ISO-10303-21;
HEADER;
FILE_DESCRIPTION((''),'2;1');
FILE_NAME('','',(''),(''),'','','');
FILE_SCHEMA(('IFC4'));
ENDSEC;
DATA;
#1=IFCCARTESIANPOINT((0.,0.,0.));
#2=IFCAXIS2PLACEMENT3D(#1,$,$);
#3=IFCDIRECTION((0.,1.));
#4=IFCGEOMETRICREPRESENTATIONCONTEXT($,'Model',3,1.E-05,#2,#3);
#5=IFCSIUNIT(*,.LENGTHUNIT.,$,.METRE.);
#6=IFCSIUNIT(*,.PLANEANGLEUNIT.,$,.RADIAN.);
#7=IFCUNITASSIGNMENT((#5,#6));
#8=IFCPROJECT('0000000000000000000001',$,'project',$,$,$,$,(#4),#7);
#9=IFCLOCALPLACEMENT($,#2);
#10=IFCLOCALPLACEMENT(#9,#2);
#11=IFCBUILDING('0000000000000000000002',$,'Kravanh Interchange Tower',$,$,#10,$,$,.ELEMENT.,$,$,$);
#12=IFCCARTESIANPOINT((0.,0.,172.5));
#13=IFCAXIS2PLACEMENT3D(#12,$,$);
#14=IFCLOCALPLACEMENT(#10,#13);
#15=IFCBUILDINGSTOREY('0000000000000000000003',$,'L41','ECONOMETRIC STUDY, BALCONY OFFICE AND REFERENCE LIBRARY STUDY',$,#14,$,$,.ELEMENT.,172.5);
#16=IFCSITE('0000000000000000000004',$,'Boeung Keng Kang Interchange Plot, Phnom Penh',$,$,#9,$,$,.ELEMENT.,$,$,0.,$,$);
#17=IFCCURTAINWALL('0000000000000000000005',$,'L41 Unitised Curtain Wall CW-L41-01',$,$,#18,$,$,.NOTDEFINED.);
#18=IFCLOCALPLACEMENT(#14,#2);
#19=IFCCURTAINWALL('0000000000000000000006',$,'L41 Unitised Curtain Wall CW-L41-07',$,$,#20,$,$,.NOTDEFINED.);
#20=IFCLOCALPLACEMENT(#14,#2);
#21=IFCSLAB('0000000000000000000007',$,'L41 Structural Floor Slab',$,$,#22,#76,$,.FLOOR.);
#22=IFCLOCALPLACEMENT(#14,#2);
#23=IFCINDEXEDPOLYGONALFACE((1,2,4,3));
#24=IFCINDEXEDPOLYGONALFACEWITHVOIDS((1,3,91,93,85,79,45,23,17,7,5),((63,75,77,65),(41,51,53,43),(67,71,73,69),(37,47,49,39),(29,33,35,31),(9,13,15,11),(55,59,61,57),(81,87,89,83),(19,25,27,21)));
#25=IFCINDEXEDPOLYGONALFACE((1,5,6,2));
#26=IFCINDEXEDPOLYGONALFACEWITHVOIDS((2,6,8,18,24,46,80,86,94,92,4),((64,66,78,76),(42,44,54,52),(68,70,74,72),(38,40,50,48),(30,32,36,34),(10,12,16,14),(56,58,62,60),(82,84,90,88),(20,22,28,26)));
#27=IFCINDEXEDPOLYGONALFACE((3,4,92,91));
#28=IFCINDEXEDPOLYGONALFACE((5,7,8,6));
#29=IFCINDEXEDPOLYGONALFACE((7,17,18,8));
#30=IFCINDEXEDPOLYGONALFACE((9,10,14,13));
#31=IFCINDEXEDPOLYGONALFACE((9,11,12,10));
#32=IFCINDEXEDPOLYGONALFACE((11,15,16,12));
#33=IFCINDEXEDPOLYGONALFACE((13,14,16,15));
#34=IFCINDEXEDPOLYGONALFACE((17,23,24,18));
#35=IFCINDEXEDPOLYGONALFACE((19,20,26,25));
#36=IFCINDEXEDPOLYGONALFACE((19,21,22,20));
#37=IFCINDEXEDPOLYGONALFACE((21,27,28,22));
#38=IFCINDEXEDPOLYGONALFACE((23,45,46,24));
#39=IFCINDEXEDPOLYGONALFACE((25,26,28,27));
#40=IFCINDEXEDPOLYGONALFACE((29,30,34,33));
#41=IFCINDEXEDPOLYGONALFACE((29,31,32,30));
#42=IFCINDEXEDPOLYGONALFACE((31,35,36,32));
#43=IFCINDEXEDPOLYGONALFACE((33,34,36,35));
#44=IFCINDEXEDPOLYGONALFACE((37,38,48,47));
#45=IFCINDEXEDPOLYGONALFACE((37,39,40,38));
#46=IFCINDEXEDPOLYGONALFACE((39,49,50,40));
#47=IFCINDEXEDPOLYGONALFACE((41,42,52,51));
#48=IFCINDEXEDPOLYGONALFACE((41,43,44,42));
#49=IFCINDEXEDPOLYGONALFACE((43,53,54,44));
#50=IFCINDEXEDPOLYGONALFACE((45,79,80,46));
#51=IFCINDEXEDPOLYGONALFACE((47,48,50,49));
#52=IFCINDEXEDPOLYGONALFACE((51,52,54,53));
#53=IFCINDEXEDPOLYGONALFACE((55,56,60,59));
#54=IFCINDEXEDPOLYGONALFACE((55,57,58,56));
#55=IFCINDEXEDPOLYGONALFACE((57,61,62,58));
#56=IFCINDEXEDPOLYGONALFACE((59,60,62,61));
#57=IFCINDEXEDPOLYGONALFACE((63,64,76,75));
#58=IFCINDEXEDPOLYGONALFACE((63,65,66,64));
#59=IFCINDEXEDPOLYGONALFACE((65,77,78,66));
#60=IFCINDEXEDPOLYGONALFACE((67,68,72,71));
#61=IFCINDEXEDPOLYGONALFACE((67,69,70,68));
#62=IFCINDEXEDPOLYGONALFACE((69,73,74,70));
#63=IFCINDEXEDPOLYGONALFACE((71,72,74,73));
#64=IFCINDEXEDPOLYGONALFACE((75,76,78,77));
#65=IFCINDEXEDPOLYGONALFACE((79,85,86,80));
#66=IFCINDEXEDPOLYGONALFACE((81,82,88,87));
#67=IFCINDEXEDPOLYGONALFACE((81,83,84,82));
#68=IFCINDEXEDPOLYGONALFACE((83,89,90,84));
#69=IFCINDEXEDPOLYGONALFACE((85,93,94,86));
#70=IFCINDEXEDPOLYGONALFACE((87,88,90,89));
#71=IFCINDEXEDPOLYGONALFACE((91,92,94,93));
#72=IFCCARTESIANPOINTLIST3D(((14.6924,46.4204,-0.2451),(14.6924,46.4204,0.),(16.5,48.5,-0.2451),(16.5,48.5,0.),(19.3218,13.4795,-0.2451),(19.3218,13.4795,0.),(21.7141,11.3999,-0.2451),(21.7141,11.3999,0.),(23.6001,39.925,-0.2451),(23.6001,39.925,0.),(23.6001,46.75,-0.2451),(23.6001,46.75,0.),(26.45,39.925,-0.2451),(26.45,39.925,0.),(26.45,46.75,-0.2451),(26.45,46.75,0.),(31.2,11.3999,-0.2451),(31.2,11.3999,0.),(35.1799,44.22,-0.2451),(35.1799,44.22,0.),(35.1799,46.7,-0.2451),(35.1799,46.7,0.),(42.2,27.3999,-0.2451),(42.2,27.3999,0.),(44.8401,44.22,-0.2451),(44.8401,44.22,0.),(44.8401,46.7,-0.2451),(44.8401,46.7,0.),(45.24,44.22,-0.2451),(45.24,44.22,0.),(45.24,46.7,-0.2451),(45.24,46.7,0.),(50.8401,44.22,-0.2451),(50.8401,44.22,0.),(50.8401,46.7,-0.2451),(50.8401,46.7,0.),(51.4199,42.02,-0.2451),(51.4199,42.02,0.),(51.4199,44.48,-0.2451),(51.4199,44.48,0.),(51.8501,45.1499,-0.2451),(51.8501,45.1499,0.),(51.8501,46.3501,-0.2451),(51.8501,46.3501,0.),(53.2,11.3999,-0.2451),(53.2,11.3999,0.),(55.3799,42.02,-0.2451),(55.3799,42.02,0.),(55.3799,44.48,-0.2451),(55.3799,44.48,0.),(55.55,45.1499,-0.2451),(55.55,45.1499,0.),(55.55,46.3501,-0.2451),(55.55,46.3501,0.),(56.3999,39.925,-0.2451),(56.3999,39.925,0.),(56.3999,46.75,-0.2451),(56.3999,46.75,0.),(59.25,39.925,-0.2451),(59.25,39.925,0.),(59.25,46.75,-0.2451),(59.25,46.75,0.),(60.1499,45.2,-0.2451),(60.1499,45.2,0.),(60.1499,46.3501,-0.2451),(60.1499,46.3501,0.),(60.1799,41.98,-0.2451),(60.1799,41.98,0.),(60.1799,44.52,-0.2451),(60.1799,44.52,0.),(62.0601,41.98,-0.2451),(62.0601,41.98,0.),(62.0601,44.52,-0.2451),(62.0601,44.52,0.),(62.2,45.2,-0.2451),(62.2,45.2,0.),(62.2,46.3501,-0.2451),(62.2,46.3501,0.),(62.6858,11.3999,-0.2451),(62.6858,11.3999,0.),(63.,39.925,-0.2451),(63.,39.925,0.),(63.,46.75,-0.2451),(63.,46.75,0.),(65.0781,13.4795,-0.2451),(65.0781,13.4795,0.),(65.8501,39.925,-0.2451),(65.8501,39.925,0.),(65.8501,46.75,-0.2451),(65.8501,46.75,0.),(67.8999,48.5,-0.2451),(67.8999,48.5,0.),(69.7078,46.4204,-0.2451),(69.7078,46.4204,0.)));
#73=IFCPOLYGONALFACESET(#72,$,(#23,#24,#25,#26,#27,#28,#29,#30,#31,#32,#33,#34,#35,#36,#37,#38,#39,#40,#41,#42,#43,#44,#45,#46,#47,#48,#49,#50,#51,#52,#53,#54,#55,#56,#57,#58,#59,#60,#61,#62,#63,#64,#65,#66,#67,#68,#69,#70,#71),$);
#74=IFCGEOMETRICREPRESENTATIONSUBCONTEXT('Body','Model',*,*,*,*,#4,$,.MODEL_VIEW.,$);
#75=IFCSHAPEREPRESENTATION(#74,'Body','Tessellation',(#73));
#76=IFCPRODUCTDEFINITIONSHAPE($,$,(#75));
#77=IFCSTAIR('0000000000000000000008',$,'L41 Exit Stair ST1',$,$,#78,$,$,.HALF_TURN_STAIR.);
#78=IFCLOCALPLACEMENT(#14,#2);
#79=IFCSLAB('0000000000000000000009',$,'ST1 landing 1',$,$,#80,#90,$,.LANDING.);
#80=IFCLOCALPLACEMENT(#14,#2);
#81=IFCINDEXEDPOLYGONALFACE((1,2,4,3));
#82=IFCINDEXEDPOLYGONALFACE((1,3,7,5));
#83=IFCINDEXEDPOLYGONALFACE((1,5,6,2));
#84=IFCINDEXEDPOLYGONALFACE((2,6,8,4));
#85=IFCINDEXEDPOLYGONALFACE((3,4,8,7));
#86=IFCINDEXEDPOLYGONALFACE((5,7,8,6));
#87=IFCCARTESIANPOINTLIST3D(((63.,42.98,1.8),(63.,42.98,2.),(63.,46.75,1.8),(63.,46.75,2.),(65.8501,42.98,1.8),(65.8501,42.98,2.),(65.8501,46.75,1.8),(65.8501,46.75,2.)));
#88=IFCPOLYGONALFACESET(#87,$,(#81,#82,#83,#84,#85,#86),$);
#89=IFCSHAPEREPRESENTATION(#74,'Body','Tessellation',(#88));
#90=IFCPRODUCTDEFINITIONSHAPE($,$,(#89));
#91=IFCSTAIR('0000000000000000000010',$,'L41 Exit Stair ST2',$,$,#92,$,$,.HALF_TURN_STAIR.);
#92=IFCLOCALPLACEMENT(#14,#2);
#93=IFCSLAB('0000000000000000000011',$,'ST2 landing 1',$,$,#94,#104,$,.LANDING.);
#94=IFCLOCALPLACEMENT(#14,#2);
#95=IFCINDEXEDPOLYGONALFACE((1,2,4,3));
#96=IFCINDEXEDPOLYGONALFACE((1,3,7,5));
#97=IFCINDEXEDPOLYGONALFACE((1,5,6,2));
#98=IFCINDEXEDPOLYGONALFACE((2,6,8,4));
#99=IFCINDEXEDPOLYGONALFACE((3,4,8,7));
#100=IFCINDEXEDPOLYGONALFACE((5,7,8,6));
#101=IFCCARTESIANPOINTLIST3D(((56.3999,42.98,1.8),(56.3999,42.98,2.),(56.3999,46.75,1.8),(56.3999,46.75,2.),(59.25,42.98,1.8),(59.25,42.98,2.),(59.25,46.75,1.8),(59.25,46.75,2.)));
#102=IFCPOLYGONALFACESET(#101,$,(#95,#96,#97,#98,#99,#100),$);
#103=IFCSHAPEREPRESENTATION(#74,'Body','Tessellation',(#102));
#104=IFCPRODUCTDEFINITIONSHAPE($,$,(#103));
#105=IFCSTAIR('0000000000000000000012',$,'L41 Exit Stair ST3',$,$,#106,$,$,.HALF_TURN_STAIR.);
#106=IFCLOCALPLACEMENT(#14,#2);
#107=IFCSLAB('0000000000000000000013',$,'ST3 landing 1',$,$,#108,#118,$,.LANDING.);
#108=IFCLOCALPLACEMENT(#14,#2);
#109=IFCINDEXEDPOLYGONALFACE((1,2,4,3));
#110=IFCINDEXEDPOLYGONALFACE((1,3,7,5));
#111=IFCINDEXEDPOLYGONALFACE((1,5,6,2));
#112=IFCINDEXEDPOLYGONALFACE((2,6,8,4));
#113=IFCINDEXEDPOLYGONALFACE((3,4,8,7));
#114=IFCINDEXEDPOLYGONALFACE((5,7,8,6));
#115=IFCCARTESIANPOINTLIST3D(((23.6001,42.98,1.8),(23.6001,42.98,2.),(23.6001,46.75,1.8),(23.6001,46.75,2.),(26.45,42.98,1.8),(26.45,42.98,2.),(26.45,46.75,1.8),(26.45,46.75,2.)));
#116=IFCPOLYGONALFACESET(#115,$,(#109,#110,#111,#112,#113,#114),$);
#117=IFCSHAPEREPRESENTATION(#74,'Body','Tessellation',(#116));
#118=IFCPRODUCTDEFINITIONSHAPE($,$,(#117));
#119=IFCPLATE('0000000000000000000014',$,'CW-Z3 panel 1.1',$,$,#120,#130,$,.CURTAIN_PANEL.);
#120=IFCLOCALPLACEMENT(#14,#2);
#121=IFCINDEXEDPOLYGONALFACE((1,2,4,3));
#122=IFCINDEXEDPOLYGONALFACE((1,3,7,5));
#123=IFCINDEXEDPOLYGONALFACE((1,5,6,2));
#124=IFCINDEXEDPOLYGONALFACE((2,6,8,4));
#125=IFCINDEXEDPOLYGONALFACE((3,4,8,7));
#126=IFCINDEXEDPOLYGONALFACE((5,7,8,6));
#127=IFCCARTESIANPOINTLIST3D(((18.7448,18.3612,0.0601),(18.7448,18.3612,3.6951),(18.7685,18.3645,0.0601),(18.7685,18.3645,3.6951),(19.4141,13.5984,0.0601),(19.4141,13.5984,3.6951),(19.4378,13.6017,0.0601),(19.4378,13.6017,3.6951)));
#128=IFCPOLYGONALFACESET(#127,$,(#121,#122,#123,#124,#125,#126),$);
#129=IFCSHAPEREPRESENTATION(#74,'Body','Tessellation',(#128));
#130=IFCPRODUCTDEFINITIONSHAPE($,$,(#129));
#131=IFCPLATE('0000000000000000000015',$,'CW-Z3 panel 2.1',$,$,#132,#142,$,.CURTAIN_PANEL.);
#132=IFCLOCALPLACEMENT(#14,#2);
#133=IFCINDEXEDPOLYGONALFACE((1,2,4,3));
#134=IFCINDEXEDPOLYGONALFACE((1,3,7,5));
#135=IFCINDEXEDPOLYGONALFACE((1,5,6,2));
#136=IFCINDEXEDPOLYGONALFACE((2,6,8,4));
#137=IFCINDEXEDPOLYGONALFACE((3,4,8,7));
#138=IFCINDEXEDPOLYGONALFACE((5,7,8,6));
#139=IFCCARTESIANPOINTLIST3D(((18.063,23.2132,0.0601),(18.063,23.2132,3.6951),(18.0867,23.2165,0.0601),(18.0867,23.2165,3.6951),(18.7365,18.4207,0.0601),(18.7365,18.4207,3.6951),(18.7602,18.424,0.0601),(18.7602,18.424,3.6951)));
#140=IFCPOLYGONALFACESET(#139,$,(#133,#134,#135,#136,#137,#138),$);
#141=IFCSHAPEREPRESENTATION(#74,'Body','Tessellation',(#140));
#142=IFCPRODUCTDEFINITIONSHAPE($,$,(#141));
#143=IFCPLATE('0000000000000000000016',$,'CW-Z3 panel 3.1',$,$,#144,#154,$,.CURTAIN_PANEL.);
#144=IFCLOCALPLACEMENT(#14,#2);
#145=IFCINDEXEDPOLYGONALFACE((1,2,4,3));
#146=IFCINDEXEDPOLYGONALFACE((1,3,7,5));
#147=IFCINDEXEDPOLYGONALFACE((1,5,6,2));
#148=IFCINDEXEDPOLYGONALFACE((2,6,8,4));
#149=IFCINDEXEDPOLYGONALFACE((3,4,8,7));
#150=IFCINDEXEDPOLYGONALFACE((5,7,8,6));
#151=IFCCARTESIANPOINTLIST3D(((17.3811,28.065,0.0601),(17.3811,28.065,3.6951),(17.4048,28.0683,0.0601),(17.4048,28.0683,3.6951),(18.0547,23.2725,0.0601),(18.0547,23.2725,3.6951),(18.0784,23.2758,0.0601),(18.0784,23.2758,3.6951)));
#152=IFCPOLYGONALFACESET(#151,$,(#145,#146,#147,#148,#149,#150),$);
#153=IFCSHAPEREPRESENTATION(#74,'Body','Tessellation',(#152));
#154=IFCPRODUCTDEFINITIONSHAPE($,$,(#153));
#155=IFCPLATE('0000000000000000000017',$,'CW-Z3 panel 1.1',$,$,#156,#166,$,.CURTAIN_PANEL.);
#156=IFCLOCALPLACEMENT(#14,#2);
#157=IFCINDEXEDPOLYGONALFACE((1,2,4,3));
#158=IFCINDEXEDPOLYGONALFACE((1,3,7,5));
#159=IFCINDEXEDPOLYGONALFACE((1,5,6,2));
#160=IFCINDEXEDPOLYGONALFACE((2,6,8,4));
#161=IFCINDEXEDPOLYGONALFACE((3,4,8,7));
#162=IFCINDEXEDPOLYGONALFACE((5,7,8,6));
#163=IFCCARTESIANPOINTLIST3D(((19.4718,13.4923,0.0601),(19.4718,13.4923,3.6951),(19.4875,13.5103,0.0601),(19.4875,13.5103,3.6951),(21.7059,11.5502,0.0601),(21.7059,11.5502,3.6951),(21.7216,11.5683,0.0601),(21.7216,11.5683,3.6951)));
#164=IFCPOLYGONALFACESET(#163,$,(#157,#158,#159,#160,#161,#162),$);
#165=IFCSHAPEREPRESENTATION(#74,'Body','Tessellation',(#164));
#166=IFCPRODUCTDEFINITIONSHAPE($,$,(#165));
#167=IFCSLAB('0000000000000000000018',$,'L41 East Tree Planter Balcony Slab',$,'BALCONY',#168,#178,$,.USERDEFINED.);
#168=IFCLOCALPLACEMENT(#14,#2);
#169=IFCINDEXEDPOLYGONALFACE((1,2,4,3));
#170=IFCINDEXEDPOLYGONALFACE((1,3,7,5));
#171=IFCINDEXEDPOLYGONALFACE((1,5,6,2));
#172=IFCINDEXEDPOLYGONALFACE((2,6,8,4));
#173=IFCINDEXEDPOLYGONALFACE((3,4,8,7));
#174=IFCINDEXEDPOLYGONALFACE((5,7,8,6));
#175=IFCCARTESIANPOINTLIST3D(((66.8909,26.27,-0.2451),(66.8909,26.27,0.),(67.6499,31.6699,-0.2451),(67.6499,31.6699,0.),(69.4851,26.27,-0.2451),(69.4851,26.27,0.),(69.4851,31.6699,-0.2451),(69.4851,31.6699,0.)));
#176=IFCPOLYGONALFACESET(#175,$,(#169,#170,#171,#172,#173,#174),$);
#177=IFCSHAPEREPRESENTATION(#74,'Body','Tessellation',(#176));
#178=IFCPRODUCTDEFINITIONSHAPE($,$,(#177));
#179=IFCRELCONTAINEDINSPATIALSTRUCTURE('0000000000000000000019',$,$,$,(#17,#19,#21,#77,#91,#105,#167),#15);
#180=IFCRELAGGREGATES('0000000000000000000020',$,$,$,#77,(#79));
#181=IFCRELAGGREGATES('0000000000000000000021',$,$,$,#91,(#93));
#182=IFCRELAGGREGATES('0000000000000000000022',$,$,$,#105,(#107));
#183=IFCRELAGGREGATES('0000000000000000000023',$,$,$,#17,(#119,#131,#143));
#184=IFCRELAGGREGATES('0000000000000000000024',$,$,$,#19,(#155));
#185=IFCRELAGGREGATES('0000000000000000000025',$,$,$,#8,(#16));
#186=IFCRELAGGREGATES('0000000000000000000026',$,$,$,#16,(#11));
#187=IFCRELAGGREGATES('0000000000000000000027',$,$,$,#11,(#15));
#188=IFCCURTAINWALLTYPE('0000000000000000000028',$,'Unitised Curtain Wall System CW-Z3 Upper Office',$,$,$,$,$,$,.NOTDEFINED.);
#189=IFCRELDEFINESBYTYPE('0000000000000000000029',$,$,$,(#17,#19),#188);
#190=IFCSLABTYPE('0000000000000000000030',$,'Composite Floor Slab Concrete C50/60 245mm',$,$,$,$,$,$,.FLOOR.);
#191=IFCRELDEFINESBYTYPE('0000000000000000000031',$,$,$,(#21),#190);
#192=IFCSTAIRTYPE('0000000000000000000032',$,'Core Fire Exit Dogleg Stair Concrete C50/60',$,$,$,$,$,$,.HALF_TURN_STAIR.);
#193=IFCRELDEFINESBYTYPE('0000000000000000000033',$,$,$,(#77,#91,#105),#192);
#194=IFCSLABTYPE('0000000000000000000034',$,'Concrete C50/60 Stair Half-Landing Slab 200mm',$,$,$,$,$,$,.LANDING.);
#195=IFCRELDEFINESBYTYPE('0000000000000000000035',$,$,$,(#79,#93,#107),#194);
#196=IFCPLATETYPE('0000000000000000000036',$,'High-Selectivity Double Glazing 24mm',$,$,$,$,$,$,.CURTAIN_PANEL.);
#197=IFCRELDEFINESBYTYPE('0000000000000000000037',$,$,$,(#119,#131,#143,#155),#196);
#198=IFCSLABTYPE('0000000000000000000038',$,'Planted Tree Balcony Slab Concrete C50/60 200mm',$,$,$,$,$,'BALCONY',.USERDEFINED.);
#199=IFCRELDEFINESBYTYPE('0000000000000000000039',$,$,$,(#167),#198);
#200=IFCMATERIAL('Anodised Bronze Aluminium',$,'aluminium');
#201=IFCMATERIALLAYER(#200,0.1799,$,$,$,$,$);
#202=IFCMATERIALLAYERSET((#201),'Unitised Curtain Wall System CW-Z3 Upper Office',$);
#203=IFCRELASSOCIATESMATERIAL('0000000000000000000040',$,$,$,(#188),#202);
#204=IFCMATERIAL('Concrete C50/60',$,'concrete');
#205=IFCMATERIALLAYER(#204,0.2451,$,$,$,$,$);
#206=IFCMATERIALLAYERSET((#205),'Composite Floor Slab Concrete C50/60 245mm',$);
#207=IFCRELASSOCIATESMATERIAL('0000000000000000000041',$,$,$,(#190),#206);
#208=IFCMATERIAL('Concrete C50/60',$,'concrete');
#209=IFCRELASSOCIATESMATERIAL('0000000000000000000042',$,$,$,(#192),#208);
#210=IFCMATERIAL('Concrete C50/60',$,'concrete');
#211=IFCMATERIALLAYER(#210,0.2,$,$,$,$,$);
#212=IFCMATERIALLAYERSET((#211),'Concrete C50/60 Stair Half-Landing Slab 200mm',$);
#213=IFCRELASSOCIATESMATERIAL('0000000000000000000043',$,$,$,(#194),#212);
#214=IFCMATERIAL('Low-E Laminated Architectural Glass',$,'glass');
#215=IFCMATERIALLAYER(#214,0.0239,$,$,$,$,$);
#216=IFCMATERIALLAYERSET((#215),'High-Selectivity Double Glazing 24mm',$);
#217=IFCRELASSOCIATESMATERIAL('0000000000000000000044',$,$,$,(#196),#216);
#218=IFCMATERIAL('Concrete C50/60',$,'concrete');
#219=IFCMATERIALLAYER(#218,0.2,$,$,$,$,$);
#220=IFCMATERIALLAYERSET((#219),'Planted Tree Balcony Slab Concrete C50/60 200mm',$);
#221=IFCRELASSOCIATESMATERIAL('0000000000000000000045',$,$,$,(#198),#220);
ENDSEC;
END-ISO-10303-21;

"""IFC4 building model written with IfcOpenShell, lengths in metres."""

from ifc_helpers import new_model, si_unit, direction, frame, origin, origin_2d, place, context, subcontext, project, spatial, polyline, rectangle, outline, extrude, material, layer, layer_set, type_object, element, aggregate, save


model = new_model("IFC4")

# Units and contexts
model_context = context("Model", 3, precision=1e-05, world=origin(), true_north=direction((0.0, 1.0)))
body_context = subcontext(model_context, "Body", "Model", "MODEL_VIEW")
ifc_project = project(units=[si_unit("LENGTHUNIT", "METRE"), si_unit("PLANEANGLEUNIT", "RADIAN")], contexts=[model_context])

# Site, building, storey
site_placement = place(None, origin())
site = spatial("IfcSite", under=ifc_project, at=site_placement, Name="Boeung Keng Kang Interchange Plot, Phnom Penh", CompositionType="ELEMENT", RefElevation=0.0)
building_placement = place(site_placement, origin())
building = spatial("IfcBuilding", under=site, at=building_placement, Name="Kravanh Interchange Tower", CompositionType="ELEMENT")
storey_placement = place(building_placement, frame((0.0, 0.0, 172.5)))
storey = spatial("IfcBuildingStorey", under=building, at=storey_placement, Name="L41", Description="ECONOMETRIC STUDY, BALCONY OFFICE AND REFERENCE LIBRARY STUDY", CompositionType="ELEMENT", Elevation=172.5)

# Curtain wall
ifc_material_1 = material(Name="Anodised Bronze Aluminium", Category="aluminium")
ifc_layer_1 = layer(ifc_material_1, 0.1799)
ifc_layer_set_1 = layer_set([ifc_layer_1], Name="Unitised Curtain Wall System CW-Z3 Upper Office")
curtain_wall_type = type_object("IfcCurtainWallType", Name="Unitised Curtain Wall System CW-Z3 Upper Office", PredefinedType="NOTDEFINED", material=ifc_layer_set_1)
curtain_wall_1_placement = place(storey_placement, origin())
curtain_wall_1 = element("IfcCurtainWall", 1, at=curtain_wall_1_placement, inside=storey, type_object=curtain_wall_type, Name="L41 Unitised Curtain Wall CW-L41-01", PredefinedType="NOTDEFINED")

# Curtain wall
curtain_wall_2_placement = place(storey_placement, origin())
curtain_wall_2 = element("IfcCurtainWall", 2, at=curtain_wall_2_placement, inside=storey, type_object=curtain_wall_type, Name="L41 Unitised Curtain Wall CW-L41-07", PredefinedType="NOTDEFINED")

# Slab
ifc_material_2 = material(Name="Concrete C50/60", Category="concrete")
ifc_layer_2 = layer(ifc_material_2, 0.2451)
ifc_layer_set_2 = layer_set([ifc_layer_2], Name="Composite Floor Slab Concrete C50/60 245mm")
slab_type_1 = type_object("IfcSlabType", Name="Composite Floor Slab Concrete C50/60 245mm", PredefinedType="FLOOR", material=ifc_layer_set_2)
slab_1_placement = place(storey_placement, frame((0.0, 0.0, -0.2451)))
element("IfcSlab", 3, at=slab_1_placement, inside=storey, type_object=slab_type_1, Name="L41 Structural Floor Slab", PredefinedType="FLOOR", context=body_context, shape_type="SweptSolid", body=[
    extrude(outline(polyline([(19.3218, 13.4795), (21.7141, 11.3999), (31.2, 11.3999), (42.2, 27.3999), (53.2, 11.3999), (62.6858, 11.3999), (65.0781, 13.4795), (69.7078, 46.4204), (67.8999, 48.5), (16.5, 48.5), (14.6924, 46.4204), (19.3218, 13.4795)]), holes=[polyline([(65.8501, 39.925), (65.8501, 46.75), (63.0, 46.75), (63.0, 39.925), (65.8501, 39.925)]), polyline([(59.25, 39.925), (59.25, 46.75), (56.3999, 46.75), (56.3999, 39.925), (59.25, 39.925)]), polyline([(26.45, 39.925), (26.45, 46.75), (23.6001, 46.75), (23.6001, 39.925), (26.45, 39.925)]), polyline([(35.1799, 44.22), (44.8401, 44.22), (44.8401, 46.7), (35.1799, 46.7), (35.1799, 44.22)]), polyline([(45.24, 44.22), (50.8401, 44.22), (50.8401, 46.7), (45.24, 46.7), (45.24, 44.22)]), polyline([(51.4199, 42.02), (55.3799, 42.02), (55.3799, 44.48), (51.4199, 44.48), (51.4199, 42.02)]), polyline([(60.1799, 41.98), (62.0601, 41.98), (62.0601, 44.52), (60.1799, 44.52), (60.1799, 41.98)]), polyline([(60.1499, 45.2), (62.2, 45.2), (62.2, 46.3501), (60.1499, 46.3501), (60.1499, 45.2)]), polyline([(51.8501, 45.1499), (55.55, 45.1499), (55.55, 46.3501), (51.8501, 46.3501), (51.8501, 45.1499)])]), origin(), (0.0, 0.0, 1.0), 0.2451),
])

# Stairs, slabs
ifc_material_3 = material(Name="Concrete C50/60", Category="concrete")
stair_type = type_object("IfcStairType", Name="Core Fire Exit Dogleg Stair Concrete C50/60", PredefinedType="HALF_TURN_STAIR", material=ifc_material_3)
stair_1_placement = place(storey_placement, origin())
stair_1 = element("IfcStair", 4, at=stair_1_placement, inside=storey, type_object=stair_type, Name="L41 Exit Stair ST1", PredefinedType="HALF_TURN_STAIR")
ifc_material_4 = material(Name="Concrete C50/60", Category="concrete")
ifc_layer_3 = layer(ifc_material_4, 0.2)
ifc_layer_set_3 = layer_set([ifc_layer_3], Name="Concrete C50/60 Stair Half-Landing Slab 200mm")
slab_type_2 = type_object("IfcSlabType", Name="Concrete C50/60 Stair Half-Landing Slab 200mm", PredefinedType="LANDING", material=ifc_layer_set_3)
slab_2_placement = place(storey_placement, frame((0.0, 0.0, 1.8)))
slab_2 = element("IfcSlab", 5, at=slab_2_placement, type_object=slab_type_2, Name="ST1 landing 1", PredefinedType="LANDING", context=body_context, shape_type="SweptSolid", body=[
    extrude(outline(polyline([(65.8501, 42.98), (65.8501, 46.75), (63.0, 46.75), (63.0, 42.98), (65.8501, 42.98)])), origin(), (0.0, 0.0, 1.0), 0.2),
])
aggregate(stair_1, [slab_2])
stair_2_placement = place(storey_placement, origin())
stair_2 = element("IfcStair", 6, at=stair_2_placement, inside=storey, type_object=stair_type, Name="L41 Exit Stair ST2", PredefinedType="HALF_TURN_STAIR")
slab_3_placement = place(storey_placement, frame((0.0, 0.0, 1.8)))
slab_3 = element("IfcSlab", 7, at=slab_3_placement, type_object=slab_type_2, Name="ST2 landing 1", PredefinedType="LANDING", context=body_context, shape_type="SweptSolid", body=[
    extrude(outline(polyline([(59.25, 42.98), (59.25, 46.75), (56.3999, 46.75), (56.3999, 42.98), (59.25, 42.98)])), origin(), (0.0, 0.0, 1.0), 0.2),
])
aggregate(stair_2, [slab_3])
stair_3_placement = place(storey_placement, origin())
stair_3 = element("IfcStair", 8, at=stair_3_placement, inside=storey, type_object=stair_type, Name="L41 Exit Stair ST3", PredefinedType="HALF_TURN_STAIR")
slab_4_placement = place(storey_placement, frame((0.0, 0.0, 1.8)))
slab_4 = element("IfcSlab", 9, at=slab_4_placement, type_object=slab_type_2, Name="ST3 landing 1", PredefinedType="LANDING", context=body_context, shape_type="SweptSolid", body=[
    extrude(outline(polyline([(26.45, 42.98), (26.45, 46.75), (23.6001, 46.75), (23.6001, 42.98), (26.45, 42.98)])), origin(), (0.0, 0.0, 1.0), 0.2),
])
aggregate(stair_3, [slab_4])

# Plates
ifc_material_5 = material(Name="Low-E Laminated Architectural Glass", Category="glass")
ifc_layer_4 = layer(ifc_material_5, 0.0239)
ifc_layer_set_4 = layer_set([ifc_layer_4], Name="High-Selectivity Double Glazing 24mm")
plate_type = type_object("IfcPlateType", Name="High-Selectivity Double Glazing 24mm", PredefinedType="CURTAIN_PANEL", material=ifc_layer_set_4)
plate_1_placement = place(storey_placement, frame((19.0913, 15.9814, 0.0601), z_axis=(0.0, 0.0, 1.0), x_axis=(-0.139172, 0.990268, 0.0)))
plate_1 = element("IfcPlate", 10, at=plate_1_placement, type_object=plate_type, Name="CW-Z3 panel 1.1", PredefinedType="CURTAIN_PANEL", context=body_context, shape_type="SweptSolid", body=[
    extrude(rectangle(XDim=4.8096, YDim=0.0239, at=origin_2d()), origin(), (0.0, 0.0, 1.0), 3.635),
])
plate_2_placement = place(storey_placement, frame((18.4116, 20.8186, 0.0601), z_axis=(0.0, 0.0, 1.0), x_axis=(-0.139172, 0.990268, 0.0)))
plate_2 = element("IfcPlate", 11, at=plate_2_placement, type_object=plate_type, Name="CW-Z3 panel 2.1", PredefinedType="CURTAIN_PANEL", context=body_context, shape_type="SweptSolid", body=[
    extrude(rectangle(XDim=4.8396, YDim=0.0239, at=origin_2d()), origin(), (0.0, 0.0, 1.0), 3.635),
])
plate_3_placement = place(storey_placement, frame((17.7297, 25.6704, 0.0601), z_axis=(0.0, 0.0, 1.0), x_axis=(-0.139172, 0.990268, 0.0)))
plate_3 = element("IfcPlate", 12, at=plate_3_placement, type_object=plate_type, Name="CW-Z3 panel 3.1", PredefinedType="CURTAIN_PANEL", context=body_context, shape_type="SweptSolid", body=[
    extrude(rectangle(XDim=4.8396, YDim=0.0239, at=origin_2d()), origin(), (0.0, 0.0, 1.0), 3.635),
])
aggregate(curtain_wall_1, [plate_1, plate_2, plate_3])
plate_4_placement = place(storey_placement, frame((20.5967, 12.5303, 0.0601), z_axis=(0.0, 0.0, 1.0), x_axis=(-0.754717, 0.656051, 0.0)))
plate_4 = element("IfcPlate", 13, at=plate_4_placement, type_object=plate_type, Name="CW-Z3 panel 1.1", PredefinedType="CURTAIN_PANEL", context=body_context, shape_type="SweptSolid", body=[
    extrude(rectangle(XDim=2.9602, YDim=0.0239, at=origin_2d()), origin(), (0.0, 0.0, 1.0), 3.635),
])
aggregate(curtain_wall_2, [plate_4])

# Slab
ifc_material_6 = material(Name="Concrete C50/60", Category="concrete")
ifc_layer_5 = layer(ifc_material_6, 0.2)
ifc_layer_set_5 = layer_set([ifc_layer_5], Name="Planted Tree Balcony Slab Concrete C50/60 200mm")
slab_type_3 = type_object("IfcSlabType", Name="Planted Tree Balcony Slab Concrete C50/60 200mm", ElementType="BALCONY", PredefinedType="USERDEFINED", material=ifc_layer_set_5)
slab_5_placement = place(storey_placement, frame((0.0, 0.0, -0.2451)))
element("IfcSlab", 14, at=slab_5_placement, inside=storey, type_object=slab_type_3, Name="L41 East Tree Planter Balcony Slab", ObjectType="BALCONY", PredefinedType="USERDEFINED", context=body_context, shape_type="SweptSolid", body=[
    extrude(outline(polyline([(69.4851, 31.6699), (69.4851, 26.27), (66.8909, 26.27), (67.6499, 31.6699), (69.4851, 31.6699)])), origin(), (0.0, 0.0, 1.0), 0.2451),
])

save(model, "model.ifc")
